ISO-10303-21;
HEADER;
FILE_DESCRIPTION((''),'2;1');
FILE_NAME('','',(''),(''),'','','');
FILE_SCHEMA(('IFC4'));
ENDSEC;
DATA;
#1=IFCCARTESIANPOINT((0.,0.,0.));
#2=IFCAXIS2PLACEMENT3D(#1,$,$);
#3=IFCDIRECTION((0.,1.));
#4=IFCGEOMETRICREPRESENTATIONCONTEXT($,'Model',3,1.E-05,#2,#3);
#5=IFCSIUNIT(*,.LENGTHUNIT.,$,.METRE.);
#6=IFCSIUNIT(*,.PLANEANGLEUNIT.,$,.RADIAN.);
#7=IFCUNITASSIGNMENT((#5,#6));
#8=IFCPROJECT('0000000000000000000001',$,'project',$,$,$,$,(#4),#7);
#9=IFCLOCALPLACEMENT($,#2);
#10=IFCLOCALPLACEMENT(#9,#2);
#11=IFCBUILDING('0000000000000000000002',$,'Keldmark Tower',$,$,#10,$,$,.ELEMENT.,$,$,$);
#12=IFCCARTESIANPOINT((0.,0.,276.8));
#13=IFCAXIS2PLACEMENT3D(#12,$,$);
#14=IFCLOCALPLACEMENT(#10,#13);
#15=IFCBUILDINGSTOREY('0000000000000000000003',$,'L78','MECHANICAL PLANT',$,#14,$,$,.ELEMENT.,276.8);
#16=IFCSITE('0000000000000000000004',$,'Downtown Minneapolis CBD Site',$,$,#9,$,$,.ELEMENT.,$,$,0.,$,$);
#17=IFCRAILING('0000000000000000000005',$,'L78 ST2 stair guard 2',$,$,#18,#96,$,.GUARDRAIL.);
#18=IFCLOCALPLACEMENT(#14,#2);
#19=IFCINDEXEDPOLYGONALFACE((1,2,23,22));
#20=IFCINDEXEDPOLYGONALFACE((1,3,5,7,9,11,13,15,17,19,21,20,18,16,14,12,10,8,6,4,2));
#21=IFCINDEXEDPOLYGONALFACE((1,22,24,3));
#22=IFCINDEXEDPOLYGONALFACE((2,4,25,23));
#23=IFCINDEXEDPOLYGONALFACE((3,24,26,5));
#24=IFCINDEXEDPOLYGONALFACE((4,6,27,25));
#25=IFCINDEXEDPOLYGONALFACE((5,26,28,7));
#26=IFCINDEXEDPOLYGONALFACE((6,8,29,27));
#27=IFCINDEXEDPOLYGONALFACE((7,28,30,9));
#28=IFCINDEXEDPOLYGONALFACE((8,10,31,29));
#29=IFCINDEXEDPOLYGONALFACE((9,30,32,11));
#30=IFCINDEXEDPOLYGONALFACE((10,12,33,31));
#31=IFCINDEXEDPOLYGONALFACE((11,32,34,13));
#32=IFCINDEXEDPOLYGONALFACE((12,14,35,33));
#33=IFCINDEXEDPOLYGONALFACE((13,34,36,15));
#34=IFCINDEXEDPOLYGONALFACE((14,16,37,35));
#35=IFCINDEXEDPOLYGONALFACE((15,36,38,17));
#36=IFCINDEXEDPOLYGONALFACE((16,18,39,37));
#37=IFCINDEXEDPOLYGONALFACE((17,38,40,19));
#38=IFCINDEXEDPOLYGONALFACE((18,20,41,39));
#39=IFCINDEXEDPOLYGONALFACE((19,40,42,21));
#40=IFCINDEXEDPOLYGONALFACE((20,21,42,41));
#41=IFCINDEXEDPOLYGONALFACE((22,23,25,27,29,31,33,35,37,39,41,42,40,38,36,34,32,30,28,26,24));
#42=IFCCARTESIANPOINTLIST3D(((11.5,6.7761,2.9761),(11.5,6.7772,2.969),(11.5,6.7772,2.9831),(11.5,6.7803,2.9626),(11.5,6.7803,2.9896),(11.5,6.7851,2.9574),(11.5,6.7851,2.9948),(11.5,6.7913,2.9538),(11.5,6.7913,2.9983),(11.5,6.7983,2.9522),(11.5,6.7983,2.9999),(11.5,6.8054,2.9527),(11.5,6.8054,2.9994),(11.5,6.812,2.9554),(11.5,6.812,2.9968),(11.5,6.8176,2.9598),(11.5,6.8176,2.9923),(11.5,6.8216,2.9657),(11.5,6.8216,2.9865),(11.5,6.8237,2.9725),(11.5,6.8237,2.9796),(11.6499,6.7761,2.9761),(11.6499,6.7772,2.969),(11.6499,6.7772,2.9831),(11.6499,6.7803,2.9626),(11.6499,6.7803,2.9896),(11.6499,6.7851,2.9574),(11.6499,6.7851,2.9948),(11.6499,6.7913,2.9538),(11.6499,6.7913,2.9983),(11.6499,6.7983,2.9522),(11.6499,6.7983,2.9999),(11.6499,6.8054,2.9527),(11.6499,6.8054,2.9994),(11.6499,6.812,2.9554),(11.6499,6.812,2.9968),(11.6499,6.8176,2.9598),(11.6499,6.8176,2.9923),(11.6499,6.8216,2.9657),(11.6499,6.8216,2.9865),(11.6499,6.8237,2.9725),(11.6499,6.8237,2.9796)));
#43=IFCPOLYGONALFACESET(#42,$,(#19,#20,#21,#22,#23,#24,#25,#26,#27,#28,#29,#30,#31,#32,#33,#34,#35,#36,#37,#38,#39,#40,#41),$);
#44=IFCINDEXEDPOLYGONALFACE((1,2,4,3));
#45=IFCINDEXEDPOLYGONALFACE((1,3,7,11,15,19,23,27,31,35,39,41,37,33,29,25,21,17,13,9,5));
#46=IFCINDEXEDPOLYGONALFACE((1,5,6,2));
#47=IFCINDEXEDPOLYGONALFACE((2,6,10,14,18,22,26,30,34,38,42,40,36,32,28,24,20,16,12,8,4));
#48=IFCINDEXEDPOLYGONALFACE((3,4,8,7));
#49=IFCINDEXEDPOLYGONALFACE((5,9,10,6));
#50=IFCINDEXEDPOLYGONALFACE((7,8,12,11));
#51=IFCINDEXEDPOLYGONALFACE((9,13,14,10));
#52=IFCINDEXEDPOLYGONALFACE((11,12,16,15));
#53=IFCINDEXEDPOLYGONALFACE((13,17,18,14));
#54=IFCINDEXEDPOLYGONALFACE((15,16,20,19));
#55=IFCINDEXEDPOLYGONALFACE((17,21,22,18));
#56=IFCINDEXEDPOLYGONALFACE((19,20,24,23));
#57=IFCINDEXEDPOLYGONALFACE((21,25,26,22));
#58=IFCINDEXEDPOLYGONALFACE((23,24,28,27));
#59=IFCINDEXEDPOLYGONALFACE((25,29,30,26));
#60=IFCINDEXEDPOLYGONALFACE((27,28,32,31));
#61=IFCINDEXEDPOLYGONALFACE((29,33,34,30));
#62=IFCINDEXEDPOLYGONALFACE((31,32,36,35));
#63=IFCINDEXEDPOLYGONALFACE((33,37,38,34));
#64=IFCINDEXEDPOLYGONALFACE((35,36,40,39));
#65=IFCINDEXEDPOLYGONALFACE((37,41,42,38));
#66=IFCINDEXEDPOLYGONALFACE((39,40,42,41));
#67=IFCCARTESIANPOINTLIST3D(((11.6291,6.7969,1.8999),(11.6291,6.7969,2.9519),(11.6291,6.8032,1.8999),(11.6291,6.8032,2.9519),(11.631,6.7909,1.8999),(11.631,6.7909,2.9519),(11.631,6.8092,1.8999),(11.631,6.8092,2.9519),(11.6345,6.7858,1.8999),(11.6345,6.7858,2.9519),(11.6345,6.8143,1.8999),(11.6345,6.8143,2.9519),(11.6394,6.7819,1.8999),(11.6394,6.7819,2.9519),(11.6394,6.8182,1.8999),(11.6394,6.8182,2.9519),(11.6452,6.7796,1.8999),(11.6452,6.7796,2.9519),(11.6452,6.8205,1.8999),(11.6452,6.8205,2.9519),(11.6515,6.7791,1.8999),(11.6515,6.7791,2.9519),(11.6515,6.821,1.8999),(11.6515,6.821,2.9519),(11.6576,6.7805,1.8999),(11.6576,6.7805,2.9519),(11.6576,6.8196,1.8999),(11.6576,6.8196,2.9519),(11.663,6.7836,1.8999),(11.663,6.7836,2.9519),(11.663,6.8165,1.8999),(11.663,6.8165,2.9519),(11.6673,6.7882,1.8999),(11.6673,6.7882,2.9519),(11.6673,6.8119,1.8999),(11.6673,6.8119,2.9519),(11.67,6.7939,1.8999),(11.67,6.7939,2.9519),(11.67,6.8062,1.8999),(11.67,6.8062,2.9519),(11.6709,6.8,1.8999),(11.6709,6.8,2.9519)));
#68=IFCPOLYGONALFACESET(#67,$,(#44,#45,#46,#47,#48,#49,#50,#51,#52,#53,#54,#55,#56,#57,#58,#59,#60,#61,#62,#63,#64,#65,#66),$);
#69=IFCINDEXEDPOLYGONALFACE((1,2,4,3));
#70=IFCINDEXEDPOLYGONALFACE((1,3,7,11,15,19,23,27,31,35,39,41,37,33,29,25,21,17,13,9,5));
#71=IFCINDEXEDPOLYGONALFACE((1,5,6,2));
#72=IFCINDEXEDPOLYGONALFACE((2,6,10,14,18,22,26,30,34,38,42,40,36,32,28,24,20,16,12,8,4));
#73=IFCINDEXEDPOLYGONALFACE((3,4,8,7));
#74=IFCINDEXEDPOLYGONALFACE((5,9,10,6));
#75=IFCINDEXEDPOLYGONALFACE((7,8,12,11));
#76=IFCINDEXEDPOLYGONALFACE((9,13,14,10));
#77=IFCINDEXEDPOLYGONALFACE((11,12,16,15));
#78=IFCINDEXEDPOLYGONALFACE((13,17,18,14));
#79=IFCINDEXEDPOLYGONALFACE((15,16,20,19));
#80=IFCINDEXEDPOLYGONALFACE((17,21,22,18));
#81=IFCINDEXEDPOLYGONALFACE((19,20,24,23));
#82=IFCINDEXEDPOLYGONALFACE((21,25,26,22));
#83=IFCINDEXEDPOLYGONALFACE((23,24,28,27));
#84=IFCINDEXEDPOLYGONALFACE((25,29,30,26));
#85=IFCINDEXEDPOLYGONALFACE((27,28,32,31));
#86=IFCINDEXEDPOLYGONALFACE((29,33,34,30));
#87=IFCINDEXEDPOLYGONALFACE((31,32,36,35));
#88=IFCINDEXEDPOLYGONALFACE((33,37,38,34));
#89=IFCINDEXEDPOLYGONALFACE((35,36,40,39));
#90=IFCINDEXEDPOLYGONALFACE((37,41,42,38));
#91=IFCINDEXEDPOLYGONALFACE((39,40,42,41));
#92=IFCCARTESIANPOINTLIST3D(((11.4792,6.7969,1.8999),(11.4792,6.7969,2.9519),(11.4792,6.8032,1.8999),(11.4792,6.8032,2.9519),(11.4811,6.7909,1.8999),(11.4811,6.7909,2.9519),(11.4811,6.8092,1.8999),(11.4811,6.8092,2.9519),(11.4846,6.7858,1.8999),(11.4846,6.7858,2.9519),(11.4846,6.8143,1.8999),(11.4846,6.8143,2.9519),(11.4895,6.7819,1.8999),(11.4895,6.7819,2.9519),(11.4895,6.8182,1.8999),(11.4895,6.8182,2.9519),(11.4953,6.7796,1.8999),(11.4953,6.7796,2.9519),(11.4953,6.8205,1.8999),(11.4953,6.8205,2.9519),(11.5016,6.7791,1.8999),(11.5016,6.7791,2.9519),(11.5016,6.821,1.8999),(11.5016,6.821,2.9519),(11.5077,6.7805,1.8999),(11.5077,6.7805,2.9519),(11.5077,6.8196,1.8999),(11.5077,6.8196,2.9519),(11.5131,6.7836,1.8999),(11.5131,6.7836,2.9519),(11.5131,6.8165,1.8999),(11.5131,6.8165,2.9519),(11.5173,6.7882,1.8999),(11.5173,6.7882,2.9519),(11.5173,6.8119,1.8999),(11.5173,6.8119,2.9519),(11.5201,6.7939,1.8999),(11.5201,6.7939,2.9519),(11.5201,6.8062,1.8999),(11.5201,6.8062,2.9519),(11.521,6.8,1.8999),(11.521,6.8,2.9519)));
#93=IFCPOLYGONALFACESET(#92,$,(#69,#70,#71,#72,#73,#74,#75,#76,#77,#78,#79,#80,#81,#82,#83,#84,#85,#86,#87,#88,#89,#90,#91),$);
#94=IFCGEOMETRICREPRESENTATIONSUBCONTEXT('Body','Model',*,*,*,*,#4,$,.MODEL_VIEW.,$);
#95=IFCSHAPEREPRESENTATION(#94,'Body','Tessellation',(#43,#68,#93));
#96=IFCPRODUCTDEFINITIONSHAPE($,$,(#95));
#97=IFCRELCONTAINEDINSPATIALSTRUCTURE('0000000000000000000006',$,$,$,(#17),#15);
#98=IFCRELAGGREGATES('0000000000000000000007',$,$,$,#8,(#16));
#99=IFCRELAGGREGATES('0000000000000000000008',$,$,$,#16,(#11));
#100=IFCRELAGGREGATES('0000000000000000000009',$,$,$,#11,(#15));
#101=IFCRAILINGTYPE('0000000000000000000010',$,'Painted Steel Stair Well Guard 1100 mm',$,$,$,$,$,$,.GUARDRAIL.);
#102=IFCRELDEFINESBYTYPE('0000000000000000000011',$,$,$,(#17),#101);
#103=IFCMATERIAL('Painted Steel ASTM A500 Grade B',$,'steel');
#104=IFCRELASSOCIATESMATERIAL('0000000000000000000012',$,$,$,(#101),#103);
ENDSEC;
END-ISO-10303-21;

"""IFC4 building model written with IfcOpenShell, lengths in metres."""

from ifc_helpers import new_model, si_unit, direction, frame, origin, origin_2d, place, context, subcontext, project, spatial, circle, extrude, material, type_object, element, save


model = new_model("IFC4")

# Units and contexts
model_context = context("Model", 3, precision=1e-05, world=origin(), true_north=direction((0.0, 1.0)))
body_context = subcontext(model_context, "Body", "Model", "MODEL_VIEW")
ifc_project = project(units=[si_unit("LENGTHUNIT", "METRE"), si_unit("PLANEANGLEUNIT", "RADIAN")], contexts=[model_context])

# Site, building, storey
site_placement = place(None, origin())
site = spatial("IfcSite", under=ifc_project, at=site_placement, Name="Downtown Minneapolis CBD Site", CompositionType="ELEMENT", RefElevation=0.0)
building_placement = place(site_placement, origin())
building = spatial("IfcBuilding", under=site, at=building_placement, Name="Keldmark Tower", CompositionType="ELEMENT")
storey_placement = place(building_placement, frame((0.0, 0.0, 276.8)))
storey = spatial("IfcBuildingStorey", under=building, at=storey_placement, Name="L78", Description="MECHANICAL PLANT", CompositionType="ELEMENT", Elevation=276.8)

# Railing
ifc_material_1 = material(Name="Painted Steel ASTM A500 Grade B", Category="steel")
railing_type_1 = type_object("IfcRailingType", Name="Painted Steel Stair Well Guard 1100 mm", PredefinedType="GUARDRAIL", material=ifc_material_1)
railing_1_placement = place(storey_placement, frame((11.6499, 6.8, 1.8999)))
element("IfcRailing", 1, at=railing_1_placement, inside=storey, type_object=railing_type_1, Name="L78 ST2 stair guard 2", PredefinedType="GUARDRAIL", context=body_context, shape_type="SweptSolid", body=[
    extrude(circle(Radius=0.0239, at=origin_2d()), frame((0.0, 0.0, 1.0762), z_axis=(-1.0, 0.0, 0.0), x_axis=(0.0, -1.0, 0.0)), (0.0, 0.0, 1.0), 0.1499),
    extrude(circle(Radius=0.021, at=origin_2d()), origin(), (0.0, 0.0, 1.0), 1.052),
    extrude(circle(Radius=0.021, at=origin_2d()), frame((-0.1499, 0.0, 0.0)), (0.0, 0.0, 1.0), 1.052),
])

save(model, "model.ifc")
